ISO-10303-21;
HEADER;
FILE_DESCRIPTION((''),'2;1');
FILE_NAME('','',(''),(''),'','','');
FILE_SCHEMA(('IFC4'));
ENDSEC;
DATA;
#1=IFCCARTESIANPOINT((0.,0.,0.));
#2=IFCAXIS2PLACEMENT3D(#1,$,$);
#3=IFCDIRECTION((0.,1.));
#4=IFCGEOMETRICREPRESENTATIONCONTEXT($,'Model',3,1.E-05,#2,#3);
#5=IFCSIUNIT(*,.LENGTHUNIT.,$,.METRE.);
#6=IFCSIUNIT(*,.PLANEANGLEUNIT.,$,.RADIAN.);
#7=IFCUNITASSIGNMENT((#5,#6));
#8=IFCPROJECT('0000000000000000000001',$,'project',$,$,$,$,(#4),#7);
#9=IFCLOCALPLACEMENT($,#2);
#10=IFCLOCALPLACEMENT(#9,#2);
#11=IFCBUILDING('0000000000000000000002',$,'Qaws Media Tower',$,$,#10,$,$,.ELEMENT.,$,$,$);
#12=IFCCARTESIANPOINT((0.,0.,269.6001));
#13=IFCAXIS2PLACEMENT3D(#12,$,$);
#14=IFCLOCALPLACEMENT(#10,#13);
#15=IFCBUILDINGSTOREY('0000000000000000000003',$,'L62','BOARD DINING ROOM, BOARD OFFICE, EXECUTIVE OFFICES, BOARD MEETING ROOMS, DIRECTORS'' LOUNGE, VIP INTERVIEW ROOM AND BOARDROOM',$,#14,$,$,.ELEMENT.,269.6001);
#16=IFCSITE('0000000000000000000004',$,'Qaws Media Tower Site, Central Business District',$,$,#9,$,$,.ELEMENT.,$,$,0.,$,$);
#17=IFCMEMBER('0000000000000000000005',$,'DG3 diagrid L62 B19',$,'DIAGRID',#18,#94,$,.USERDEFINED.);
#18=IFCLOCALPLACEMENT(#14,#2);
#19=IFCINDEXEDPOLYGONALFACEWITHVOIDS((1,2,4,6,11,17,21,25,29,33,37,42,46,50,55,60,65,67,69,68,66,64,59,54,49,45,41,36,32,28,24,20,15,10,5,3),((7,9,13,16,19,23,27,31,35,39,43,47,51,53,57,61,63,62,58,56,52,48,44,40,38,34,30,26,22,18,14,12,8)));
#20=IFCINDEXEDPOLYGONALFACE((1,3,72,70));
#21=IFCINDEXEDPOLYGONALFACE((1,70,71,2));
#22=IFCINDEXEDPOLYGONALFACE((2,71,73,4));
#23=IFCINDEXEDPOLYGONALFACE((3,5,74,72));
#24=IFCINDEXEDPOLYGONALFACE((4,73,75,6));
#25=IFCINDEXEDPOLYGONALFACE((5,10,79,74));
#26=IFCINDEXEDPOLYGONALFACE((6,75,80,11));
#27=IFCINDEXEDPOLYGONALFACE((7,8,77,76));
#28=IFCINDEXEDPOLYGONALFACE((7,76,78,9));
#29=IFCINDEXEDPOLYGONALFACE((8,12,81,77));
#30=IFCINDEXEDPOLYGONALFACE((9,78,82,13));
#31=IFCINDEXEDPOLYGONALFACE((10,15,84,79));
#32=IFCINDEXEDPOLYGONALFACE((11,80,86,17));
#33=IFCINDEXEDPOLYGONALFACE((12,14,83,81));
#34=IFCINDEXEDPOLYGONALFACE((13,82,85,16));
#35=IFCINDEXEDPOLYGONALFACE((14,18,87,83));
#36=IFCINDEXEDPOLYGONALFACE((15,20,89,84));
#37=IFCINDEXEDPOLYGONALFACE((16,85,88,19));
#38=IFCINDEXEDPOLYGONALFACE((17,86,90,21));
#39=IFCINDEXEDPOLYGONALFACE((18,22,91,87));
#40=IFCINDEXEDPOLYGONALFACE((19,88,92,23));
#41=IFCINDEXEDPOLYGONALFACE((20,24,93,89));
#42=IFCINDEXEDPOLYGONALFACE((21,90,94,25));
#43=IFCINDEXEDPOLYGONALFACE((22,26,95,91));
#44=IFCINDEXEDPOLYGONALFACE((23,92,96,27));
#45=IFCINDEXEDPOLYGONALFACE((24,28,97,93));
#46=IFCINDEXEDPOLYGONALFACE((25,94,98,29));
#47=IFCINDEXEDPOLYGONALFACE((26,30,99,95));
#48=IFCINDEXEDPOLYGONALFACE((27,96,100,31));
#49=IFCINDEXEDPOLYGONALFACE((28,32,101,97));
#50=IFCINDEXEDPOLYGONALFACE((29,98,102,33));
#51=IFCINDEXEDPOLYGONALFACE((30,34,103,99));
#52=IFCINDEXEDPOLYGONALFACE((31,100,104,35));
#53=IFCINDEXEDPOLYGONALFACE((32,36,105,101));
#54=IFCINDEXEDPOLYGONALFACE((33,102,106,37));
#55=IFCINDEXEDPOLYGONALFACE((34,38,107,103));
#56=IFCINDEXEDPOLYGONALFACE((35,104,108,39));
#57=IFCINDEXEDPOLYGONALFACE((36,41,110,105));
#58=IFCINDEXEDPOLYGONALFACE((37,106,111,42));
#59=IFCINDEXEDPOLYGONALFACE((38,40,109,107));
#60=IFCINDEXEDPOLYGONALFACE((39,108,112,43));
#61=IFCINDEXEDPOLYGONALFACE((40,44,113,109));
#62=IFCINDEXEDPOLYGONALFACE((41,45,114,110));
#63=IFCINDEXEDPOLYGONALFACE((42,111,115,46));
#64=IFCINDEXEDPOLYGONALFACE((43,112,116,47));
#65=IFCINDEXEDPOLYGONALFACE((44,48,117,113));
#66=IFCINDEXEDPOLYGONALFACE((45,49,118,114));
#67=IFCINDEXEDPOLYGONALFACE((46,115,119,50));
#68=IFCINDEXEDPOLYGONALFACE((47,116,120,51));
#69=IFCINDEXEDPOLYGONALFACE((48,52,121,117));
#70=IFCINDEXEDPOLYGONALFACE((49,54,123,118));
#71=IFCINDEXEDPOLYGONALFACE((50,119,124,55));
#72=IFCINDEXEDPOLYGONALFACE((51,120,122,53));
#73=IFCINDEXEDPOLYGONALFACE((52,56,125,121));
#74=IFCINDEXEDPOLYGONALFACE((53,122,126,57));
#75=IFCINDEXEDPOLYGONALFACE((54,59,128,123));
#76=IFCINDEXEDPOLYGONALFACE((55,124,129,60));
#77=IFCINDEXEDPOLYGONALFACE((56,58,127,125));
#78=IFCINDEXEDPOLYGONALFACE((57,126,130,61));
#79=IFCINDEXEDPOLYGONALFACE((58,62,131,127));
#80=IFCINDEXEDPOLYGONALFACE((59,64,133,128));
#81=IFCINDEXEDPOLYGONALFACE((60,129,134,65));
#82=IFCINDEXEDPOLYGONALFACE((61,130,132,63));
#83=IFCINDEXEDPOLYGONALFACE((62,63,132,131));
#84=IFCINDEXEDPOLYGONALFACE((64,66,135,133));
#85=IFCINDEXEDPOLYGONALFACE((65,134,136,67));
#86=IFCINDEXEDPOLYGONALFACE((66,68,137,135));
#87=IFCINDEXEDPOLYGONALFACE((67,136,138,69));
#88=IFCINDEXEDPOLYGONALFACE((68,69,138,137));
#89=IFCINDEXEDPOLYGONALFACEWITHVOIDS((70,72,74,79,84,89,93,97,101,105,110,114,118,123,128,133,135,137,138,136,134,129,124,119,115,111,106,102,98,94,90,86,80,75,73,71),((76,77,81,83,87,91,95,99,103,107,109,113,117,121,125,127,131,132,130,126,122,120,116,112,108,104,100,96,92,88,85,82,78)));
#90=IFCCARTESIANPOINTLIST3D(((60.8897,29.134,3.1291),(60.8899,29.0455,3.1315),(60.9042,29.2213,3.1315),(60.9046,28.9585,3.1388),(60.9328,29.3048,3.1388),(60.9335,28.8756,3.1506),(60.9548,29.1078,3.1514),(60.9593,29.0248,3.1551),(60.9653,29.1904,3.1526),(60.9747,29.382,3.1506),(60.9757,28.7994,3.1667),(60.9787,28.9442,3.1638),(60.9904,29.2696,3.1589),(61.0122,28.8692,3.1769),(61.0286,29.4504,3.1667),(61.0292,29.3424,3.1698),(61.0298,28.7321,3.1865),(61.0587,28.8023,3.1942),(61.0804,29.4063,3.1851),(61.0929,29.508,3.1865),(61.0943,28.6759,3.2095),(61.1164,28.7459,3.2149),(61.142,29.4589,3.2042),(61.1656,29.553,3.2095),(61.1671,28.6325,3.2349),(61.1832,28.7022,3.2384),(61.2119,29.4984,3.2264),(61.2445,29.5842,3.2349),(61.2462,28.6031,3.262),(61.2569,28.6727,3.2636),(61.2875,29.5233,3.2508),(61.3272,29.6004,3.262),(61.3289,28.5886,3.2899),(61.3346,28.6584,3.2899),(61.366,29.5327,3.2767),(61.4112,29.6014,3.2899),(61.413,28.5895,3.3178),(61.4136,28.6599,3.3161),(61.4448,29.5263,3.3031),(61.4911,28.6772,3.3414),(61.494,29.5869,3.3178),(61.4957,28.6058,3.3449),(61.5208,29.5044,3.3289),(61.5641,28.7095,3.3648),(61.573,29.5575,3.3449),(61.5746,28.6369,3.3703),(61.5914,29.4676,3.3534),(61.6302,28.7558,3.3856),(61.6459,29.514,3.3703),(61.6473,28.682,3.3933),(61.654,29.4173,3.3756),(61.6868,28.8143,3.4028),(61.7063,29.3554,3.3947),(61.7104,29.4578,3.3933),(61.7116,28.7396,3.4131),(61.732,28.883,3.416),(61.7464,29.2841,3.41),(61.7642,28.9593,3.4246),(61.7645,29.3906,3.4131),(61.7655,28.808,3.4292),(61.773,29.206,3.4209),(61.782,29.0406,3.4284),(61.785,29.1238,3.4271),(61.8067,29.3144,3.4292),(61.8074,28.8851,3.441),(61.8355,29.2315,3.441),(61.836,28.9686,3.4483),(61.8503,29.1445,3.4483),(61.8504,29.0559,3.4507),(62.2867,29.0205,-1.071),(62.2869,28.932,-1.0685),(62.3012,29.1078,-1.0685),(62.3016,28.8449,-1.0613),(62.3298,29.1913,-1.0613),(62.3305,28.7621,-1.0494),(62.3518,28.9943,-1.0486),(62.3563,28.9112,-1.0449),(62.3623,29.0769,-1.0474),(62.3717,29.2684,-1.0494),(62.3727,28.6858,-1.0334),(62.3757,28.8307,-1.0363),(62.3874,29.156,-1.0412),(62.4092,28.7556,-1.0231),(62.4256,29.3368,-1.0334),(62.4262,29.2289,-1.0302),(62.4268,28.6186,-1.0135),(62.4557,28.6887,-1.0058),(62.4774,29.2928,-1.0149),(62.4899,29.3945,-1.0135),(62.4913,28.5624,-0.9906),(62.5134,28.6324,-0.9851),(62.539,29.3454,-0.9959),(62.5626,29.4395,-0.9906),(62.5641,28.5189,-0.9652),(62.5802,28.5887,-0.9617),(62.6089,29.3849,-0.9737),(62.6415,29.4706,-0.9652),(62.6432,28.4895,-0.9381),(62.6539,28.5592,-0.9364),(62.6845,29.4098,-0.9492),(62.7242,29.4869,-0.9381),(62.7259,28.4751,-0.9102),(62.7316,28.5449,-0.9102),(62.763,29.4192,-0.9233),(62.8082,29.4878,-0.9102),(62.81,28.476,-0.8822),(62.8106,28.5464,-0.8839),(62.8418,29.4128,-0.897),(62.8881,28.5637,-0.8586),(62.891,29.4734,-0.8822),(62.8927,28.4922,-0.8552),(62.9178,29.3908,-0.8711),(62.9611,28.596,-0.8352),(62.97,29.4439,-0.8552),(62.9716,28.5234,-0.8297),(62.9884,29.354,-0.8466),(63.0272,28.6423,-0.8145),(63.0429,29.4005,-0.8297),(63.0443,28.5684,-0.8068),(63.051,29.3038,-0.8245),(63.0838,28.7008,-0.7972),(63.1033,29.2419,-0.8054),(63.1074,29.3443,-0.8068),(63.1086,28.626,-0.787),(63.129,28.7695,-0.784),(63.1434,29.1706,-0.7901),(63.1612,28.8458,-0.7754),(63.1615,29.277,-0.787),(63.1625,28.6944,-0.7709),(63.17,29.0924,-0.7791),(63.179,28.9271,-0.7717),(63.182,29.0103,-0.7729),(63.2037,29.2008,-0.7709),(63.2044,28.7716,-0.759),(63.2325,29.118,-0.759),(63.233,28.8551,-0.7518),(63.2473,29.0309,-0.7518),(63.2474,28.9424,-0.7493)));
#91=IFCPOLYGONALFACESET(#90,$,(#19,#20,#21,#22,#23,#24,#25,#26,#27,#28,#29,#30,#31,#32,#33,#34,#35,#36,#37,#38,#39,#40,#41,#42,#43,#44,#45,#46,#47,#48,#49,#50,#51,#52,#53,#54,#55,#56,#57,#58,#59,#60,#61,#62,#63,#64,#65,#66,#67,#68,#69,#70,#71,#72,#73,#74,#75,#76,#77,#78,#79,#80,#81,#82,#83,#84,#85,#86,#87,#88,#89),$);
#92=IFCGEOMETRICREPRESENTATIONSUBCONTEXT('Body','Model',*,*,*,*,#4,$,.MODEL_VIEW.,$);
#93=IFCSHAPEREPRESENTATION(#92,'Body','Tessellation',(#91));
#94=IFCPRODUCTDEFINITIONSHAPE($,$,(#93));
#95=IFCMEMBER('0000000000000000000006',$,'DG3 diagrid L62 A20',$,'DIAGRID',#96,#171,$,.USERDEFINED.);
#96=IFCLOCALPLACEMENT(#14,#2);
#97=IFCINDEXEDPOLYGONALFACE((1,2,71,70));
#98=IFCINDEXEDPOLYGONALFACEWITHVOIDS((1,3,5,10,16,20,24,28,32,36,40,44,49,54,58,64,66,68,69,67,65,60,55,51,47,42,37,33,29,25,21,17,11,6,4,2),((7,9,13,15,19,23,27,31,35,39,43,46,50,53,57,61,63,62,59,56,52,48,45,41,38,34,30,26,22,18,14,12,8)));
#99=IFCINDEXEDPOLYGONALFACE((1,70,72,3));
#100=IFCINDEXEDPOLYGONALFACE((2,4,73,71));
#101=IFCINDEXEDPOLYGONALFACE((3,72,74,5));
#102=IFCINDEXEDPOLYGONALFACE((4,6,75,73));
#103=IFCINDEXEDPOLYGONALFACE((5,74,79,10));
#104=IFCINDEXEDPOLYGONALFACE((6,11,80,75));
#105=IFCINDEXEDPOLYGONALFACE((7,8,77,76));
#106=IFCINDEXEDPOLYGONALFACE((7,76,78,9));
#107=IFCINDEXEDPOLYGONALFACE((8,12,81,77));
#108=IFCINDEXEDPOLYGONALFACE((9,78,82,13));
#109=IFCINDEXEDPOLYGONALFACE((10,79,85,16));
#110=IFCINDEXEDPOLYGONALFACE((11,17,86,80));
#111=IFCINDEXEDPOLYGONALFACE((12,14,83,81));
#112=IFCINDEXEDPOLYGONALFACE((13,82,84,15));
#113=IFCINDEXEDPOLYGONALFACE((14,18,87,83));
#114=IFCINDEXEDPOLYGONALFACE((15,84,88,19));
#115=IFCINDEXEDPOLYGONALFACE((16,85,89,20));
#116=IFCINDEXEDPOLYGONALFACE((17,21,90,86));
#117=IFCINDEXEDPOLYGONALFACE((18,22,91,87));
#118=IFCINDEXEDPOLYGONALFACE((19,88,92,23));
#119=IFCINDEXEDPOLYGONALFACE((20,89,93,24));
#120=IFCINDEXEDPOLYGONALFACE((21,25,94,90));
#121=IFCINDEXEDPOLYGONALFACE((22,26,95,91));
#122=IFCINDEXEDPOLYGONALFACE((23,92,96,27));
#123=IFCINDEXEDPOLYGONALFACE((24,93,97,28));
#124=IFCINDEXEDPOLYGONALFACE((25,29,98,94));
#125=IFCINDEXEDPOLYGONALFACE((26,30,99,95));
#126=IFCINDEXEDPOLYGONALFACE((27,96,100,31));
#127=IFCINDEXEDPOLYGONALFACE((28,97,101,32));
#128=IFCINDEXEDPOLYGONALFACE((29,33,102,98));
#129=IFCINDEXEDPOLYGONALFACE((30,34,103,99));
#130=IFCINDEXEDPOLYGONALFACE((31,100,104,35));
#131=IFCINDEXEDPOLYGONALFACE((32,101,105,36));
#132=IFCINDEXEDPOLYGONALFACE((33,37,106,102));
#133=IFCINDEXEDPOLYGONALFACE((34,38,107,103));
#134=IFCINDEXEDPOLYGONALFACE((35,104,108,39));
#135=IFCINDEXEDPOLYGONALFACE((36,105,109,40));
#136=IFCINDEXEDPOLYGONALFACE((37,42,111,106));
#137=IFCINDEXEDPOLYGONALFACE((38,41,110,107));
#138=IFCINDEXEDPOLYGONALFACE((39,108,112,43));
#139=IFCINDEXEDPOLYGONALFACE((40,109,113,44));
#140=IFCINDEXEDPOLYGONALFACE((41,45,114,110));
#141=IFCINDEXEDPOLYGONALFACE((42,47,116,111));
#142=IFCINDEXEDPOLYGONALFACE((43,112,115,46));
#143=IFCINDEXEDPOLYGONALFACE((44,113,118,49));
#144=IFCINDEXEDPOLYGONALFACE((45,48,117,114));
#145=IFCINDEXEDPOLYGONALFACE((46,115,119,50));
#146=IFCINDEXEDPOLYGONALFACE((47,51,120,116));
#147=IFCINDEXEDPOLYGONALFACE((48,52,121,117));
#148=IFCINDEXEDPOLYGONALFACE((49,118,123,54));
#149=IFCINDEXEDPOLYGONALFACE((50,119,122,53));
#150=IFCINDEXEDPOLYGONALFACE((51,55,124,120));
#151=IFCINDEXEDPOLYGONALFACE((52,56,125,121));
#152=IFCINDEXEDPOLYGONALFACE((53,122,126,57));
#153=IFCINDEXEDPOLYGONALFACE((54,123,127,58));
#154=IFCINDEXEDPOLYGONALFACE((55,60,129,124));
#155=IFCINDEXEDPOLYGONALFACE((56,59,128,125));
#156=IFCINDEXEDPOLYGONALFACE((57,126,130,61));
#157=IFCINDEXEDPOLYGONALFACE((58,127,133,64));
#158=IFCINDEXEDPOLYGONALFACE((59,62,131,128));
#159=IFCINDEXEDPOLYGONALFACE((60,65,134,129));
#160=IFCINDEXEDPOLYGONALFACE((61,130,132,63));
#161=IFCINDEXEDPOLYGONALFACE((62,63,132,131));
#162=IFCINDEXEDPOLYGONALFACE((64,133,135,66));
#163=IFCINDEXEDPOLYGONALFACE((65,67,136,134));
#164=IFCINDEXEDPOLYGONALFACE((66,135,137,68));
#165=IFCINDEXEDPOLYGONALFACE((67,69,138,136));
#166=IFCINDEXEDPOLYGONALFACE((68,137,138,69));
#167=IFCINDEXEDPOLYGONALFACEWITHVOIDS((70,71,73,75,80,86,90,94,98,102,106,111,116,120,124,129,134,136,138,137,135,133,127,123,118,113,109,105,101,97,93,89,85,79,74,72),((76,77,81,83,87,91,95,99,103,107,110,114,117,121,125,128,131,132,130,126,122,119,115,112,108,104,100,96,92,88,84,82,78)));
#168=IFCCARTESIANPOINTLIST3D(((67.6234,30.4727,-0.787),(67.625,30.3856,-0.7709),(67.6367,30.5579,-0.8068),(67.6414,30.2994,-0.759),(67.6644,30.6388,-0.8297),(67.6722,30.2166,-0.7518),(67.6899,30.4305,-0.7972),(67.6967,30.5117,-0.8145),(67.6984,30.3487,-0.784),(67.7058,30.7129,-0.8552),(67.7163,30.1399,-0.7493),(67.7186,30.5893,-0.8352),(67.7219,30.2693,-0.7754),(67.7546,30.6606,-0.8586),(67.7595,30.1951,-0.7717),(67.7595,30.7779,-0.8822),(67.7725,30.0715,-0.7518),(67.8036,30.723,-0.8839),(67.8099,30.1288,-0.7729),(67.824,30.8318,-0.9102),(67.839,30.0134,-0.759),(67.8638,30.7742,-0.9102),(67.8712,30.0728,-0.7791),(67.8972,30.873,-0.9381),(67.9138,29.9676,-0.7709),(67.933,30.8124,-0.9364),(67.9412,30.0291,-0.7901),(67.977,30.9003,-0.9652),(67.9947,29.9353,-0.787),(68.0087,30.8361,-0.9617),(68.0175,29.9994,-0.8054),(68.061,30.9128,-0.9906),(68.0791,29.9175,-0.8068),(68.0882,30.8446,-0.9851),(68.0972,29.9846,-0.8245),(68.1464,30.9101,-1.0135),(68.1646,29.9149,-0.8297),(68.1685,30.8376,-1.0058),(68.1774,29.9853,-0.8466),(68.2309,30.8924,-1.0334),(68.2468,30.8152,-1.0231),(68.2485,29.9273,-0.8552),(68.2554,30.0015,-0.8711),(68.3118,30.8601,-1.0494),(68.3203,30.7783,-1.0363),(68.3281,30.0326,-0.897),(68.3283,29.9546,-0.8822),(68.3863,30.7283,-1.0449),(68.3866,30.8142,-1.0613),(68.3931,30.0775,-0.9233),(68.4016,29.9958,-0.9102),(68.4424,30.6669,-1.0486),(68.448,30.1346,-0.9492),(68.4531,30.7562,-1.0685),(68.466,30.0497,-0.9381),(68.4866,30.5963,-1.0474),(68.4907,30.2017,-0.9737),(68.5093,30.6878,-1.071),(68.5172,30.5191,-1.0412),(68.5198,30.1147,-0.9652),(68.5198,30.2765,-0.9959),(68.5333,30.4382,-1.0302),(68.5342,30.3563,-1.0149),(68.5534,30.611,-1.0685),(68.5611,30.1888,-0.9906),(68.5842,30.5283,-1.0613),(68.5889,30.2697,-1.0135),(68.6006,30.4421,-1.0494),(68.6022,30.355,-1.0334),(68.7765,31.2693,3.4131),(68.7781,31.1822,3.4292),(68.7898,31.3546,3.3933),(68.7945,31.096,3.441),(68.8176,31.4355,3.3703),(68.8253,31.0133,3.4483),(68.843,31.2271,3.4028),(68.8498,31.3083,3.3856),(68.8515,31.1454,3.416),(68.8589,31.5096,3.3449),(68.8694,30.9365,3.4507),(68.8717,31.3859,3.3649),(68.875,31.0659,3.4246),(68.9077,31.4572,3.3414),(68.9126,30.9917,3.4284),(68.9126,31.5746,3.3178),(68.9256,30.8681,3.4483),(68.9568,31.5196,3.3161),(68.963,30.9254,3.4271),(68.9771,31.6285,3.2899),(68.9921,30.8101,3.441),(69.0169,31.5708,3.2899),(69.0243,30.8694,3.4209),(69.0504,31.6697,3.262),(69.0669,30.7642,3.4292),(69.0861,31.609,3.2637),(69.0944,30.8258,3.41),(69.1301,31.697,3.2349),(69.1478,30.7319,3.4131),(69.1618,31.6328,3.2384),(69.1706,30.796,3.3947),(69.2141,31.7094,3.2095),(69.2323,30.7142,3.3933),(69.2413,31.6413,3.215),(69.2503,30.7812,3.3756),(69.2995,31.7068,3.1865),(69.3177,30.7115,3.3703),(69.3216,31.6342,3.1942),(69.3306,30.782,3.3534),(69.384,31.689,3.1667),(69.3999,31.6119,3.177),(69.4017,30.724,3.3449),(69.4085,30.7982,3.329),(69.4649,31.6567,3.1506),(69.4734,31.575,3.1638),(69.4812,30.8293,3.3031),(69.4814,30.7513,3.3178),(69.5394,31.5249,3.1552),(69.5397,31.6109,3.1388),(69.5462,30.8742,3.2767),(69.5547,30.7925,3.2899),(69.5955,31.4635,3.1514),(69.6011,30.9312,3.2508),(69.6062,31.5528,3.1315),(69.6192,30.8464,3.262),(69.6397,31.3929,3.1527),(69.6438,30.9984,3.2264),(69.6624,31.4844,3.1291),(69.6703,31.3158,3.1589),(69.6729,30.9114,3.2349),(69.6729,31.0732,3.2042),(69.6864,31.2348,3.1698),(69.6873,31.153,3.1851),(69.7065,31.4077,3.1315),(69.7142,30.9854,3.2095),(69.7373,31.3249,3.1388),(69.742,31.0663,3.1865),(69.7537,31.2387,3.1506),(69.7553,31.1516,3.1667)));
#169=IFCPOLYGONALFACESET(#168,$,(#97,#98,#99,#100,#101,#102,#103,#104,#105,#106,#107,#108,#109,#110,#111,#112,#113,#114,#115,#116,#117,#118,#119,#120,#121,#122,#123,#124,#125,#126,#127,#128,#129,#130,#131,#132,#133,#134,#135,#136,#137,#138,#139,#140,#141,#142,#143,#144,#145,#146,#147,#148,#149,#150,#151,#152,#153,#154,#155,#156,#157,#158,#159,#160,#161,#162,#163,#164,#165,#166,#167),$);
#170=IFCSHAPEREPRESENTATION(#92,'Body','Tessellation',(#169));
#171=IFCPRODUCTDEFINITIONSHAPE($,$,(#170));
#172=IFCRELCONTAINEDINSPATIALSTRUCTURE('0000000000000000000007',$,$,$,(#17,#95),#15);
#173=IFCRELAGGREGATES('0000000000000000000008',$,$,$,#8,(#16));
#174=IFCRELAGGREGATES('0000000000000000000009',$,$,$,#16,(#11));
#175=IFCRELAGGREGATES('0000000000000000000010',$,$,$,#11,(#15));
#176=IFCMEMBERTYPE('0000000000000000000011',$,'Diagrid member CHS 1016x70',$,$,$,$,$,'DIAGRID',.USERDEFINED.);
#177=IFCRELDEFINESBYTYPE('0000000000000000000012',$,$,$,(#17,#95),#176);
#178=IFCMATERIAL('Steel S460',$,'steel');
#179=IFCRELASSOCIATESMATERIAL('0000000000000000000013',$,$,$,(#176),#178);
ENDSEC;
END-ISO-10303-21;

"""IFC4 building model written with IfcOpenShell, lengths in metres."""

from ifc_helpers import new_model, si_unit, direction, frame, origin, origin_2d, place, context, subcontext, project, spatial, hollow_circle, extrude, material, material_profile, profile_set, type_object, element, save


model = new_model("IFC4")

# Units and contexts
model_context = context("Model", 3, precision=1e-05, world=origin(), true_north=direction((0.0, 1.0)))
body_context = subcontext(model_context, "Body", "Model", "MODEL_VIEW")
ifc_project = project(units=[si_unit("LENGTHUNIT", "METRE"), si_unit("PLANEANGLEUNIT", "RADIAN")], contexts=[model_context])

# Site, building, storey
site_placement = place(None, origin())
site = spatial("IfcSite", under=ifc_project, at=site_placement, Name="Qaws Media Tower Site, Central Business District", CompositionType="ELEMENT", RefElevation=0.0)
building_placement = place(site_placement, origin())
building = spatial("IfcBuilding", under=site, at=building_placement, Name="Qaws Media Tower", CompositionType="ELEMENT")
storey_placement = place(building_placement, frame((0.0, 0.0, 269.6001)))
storey = spatial("IfcBuildingStorey", under=building, at=storey_placement, Name="L62", Description="BOARD DINING ROOM, BOARD OFFICE, EXECUTIVE OFFICES, BOARD MEETING ROOMS, DIRECTORS' LOUNGE, VIP INTERVIEW ROOM AND BOARDROOM", CompositionType="ELEMENT", Elevation=269.6001)

# Members
ifc_material_1 = material(Name="Steel S460", Category="steel")
ifc_material_profile_1 = material_profile(ifc_material_1, hollow_circle(Radius=0.5081, WallThickness=0.0701, at=origin_2d()), Name="CHS 1016x70")
ifc_profile_set_1 = profile_set([ifc_material_profile_1], Name="Steel S460")
member_type_1 = type_object("IfcMemberType", Name="Diagrid member CHS 1016x70", ElementType="DIAGRID", PredefinedType="USERDEFINED", material=ifc_profile_set_1)
for number, where, z_axis, x_axis, name in (
    (1, (62.7671, 28.9814, -0.9102), (-0.315512, 0.02564, 0.948575), (-0.080998, -0.996714, 0.0), "DG3 diagrid L62 B19"),
    (2, (68.1128, 30.4138, -0.9102), (0.260428, 0.179923, 0.94858), (-0.568413, 0.822744, 0.0), "DG3 diagrid L62 A20"),
):
    element("IfcMember", number, at=place(storey_placement, frame(where, z_axis=z_axis, x_axis=x_axis)), inside=storey, type_object=member_type_1, Name=name, ObjectType="DIAGRID", PredefinedType="USERDEFINED", context=body_context, shape_type="SweptSolid", body=[
        extrude(hollow_circle(Radius=0.5081, WallThickness=0.0701, at=origin_2d()), origin(), (0.0, 0.0, 1.0), 4.4277),
    ])

save(model, "model.ifc")
